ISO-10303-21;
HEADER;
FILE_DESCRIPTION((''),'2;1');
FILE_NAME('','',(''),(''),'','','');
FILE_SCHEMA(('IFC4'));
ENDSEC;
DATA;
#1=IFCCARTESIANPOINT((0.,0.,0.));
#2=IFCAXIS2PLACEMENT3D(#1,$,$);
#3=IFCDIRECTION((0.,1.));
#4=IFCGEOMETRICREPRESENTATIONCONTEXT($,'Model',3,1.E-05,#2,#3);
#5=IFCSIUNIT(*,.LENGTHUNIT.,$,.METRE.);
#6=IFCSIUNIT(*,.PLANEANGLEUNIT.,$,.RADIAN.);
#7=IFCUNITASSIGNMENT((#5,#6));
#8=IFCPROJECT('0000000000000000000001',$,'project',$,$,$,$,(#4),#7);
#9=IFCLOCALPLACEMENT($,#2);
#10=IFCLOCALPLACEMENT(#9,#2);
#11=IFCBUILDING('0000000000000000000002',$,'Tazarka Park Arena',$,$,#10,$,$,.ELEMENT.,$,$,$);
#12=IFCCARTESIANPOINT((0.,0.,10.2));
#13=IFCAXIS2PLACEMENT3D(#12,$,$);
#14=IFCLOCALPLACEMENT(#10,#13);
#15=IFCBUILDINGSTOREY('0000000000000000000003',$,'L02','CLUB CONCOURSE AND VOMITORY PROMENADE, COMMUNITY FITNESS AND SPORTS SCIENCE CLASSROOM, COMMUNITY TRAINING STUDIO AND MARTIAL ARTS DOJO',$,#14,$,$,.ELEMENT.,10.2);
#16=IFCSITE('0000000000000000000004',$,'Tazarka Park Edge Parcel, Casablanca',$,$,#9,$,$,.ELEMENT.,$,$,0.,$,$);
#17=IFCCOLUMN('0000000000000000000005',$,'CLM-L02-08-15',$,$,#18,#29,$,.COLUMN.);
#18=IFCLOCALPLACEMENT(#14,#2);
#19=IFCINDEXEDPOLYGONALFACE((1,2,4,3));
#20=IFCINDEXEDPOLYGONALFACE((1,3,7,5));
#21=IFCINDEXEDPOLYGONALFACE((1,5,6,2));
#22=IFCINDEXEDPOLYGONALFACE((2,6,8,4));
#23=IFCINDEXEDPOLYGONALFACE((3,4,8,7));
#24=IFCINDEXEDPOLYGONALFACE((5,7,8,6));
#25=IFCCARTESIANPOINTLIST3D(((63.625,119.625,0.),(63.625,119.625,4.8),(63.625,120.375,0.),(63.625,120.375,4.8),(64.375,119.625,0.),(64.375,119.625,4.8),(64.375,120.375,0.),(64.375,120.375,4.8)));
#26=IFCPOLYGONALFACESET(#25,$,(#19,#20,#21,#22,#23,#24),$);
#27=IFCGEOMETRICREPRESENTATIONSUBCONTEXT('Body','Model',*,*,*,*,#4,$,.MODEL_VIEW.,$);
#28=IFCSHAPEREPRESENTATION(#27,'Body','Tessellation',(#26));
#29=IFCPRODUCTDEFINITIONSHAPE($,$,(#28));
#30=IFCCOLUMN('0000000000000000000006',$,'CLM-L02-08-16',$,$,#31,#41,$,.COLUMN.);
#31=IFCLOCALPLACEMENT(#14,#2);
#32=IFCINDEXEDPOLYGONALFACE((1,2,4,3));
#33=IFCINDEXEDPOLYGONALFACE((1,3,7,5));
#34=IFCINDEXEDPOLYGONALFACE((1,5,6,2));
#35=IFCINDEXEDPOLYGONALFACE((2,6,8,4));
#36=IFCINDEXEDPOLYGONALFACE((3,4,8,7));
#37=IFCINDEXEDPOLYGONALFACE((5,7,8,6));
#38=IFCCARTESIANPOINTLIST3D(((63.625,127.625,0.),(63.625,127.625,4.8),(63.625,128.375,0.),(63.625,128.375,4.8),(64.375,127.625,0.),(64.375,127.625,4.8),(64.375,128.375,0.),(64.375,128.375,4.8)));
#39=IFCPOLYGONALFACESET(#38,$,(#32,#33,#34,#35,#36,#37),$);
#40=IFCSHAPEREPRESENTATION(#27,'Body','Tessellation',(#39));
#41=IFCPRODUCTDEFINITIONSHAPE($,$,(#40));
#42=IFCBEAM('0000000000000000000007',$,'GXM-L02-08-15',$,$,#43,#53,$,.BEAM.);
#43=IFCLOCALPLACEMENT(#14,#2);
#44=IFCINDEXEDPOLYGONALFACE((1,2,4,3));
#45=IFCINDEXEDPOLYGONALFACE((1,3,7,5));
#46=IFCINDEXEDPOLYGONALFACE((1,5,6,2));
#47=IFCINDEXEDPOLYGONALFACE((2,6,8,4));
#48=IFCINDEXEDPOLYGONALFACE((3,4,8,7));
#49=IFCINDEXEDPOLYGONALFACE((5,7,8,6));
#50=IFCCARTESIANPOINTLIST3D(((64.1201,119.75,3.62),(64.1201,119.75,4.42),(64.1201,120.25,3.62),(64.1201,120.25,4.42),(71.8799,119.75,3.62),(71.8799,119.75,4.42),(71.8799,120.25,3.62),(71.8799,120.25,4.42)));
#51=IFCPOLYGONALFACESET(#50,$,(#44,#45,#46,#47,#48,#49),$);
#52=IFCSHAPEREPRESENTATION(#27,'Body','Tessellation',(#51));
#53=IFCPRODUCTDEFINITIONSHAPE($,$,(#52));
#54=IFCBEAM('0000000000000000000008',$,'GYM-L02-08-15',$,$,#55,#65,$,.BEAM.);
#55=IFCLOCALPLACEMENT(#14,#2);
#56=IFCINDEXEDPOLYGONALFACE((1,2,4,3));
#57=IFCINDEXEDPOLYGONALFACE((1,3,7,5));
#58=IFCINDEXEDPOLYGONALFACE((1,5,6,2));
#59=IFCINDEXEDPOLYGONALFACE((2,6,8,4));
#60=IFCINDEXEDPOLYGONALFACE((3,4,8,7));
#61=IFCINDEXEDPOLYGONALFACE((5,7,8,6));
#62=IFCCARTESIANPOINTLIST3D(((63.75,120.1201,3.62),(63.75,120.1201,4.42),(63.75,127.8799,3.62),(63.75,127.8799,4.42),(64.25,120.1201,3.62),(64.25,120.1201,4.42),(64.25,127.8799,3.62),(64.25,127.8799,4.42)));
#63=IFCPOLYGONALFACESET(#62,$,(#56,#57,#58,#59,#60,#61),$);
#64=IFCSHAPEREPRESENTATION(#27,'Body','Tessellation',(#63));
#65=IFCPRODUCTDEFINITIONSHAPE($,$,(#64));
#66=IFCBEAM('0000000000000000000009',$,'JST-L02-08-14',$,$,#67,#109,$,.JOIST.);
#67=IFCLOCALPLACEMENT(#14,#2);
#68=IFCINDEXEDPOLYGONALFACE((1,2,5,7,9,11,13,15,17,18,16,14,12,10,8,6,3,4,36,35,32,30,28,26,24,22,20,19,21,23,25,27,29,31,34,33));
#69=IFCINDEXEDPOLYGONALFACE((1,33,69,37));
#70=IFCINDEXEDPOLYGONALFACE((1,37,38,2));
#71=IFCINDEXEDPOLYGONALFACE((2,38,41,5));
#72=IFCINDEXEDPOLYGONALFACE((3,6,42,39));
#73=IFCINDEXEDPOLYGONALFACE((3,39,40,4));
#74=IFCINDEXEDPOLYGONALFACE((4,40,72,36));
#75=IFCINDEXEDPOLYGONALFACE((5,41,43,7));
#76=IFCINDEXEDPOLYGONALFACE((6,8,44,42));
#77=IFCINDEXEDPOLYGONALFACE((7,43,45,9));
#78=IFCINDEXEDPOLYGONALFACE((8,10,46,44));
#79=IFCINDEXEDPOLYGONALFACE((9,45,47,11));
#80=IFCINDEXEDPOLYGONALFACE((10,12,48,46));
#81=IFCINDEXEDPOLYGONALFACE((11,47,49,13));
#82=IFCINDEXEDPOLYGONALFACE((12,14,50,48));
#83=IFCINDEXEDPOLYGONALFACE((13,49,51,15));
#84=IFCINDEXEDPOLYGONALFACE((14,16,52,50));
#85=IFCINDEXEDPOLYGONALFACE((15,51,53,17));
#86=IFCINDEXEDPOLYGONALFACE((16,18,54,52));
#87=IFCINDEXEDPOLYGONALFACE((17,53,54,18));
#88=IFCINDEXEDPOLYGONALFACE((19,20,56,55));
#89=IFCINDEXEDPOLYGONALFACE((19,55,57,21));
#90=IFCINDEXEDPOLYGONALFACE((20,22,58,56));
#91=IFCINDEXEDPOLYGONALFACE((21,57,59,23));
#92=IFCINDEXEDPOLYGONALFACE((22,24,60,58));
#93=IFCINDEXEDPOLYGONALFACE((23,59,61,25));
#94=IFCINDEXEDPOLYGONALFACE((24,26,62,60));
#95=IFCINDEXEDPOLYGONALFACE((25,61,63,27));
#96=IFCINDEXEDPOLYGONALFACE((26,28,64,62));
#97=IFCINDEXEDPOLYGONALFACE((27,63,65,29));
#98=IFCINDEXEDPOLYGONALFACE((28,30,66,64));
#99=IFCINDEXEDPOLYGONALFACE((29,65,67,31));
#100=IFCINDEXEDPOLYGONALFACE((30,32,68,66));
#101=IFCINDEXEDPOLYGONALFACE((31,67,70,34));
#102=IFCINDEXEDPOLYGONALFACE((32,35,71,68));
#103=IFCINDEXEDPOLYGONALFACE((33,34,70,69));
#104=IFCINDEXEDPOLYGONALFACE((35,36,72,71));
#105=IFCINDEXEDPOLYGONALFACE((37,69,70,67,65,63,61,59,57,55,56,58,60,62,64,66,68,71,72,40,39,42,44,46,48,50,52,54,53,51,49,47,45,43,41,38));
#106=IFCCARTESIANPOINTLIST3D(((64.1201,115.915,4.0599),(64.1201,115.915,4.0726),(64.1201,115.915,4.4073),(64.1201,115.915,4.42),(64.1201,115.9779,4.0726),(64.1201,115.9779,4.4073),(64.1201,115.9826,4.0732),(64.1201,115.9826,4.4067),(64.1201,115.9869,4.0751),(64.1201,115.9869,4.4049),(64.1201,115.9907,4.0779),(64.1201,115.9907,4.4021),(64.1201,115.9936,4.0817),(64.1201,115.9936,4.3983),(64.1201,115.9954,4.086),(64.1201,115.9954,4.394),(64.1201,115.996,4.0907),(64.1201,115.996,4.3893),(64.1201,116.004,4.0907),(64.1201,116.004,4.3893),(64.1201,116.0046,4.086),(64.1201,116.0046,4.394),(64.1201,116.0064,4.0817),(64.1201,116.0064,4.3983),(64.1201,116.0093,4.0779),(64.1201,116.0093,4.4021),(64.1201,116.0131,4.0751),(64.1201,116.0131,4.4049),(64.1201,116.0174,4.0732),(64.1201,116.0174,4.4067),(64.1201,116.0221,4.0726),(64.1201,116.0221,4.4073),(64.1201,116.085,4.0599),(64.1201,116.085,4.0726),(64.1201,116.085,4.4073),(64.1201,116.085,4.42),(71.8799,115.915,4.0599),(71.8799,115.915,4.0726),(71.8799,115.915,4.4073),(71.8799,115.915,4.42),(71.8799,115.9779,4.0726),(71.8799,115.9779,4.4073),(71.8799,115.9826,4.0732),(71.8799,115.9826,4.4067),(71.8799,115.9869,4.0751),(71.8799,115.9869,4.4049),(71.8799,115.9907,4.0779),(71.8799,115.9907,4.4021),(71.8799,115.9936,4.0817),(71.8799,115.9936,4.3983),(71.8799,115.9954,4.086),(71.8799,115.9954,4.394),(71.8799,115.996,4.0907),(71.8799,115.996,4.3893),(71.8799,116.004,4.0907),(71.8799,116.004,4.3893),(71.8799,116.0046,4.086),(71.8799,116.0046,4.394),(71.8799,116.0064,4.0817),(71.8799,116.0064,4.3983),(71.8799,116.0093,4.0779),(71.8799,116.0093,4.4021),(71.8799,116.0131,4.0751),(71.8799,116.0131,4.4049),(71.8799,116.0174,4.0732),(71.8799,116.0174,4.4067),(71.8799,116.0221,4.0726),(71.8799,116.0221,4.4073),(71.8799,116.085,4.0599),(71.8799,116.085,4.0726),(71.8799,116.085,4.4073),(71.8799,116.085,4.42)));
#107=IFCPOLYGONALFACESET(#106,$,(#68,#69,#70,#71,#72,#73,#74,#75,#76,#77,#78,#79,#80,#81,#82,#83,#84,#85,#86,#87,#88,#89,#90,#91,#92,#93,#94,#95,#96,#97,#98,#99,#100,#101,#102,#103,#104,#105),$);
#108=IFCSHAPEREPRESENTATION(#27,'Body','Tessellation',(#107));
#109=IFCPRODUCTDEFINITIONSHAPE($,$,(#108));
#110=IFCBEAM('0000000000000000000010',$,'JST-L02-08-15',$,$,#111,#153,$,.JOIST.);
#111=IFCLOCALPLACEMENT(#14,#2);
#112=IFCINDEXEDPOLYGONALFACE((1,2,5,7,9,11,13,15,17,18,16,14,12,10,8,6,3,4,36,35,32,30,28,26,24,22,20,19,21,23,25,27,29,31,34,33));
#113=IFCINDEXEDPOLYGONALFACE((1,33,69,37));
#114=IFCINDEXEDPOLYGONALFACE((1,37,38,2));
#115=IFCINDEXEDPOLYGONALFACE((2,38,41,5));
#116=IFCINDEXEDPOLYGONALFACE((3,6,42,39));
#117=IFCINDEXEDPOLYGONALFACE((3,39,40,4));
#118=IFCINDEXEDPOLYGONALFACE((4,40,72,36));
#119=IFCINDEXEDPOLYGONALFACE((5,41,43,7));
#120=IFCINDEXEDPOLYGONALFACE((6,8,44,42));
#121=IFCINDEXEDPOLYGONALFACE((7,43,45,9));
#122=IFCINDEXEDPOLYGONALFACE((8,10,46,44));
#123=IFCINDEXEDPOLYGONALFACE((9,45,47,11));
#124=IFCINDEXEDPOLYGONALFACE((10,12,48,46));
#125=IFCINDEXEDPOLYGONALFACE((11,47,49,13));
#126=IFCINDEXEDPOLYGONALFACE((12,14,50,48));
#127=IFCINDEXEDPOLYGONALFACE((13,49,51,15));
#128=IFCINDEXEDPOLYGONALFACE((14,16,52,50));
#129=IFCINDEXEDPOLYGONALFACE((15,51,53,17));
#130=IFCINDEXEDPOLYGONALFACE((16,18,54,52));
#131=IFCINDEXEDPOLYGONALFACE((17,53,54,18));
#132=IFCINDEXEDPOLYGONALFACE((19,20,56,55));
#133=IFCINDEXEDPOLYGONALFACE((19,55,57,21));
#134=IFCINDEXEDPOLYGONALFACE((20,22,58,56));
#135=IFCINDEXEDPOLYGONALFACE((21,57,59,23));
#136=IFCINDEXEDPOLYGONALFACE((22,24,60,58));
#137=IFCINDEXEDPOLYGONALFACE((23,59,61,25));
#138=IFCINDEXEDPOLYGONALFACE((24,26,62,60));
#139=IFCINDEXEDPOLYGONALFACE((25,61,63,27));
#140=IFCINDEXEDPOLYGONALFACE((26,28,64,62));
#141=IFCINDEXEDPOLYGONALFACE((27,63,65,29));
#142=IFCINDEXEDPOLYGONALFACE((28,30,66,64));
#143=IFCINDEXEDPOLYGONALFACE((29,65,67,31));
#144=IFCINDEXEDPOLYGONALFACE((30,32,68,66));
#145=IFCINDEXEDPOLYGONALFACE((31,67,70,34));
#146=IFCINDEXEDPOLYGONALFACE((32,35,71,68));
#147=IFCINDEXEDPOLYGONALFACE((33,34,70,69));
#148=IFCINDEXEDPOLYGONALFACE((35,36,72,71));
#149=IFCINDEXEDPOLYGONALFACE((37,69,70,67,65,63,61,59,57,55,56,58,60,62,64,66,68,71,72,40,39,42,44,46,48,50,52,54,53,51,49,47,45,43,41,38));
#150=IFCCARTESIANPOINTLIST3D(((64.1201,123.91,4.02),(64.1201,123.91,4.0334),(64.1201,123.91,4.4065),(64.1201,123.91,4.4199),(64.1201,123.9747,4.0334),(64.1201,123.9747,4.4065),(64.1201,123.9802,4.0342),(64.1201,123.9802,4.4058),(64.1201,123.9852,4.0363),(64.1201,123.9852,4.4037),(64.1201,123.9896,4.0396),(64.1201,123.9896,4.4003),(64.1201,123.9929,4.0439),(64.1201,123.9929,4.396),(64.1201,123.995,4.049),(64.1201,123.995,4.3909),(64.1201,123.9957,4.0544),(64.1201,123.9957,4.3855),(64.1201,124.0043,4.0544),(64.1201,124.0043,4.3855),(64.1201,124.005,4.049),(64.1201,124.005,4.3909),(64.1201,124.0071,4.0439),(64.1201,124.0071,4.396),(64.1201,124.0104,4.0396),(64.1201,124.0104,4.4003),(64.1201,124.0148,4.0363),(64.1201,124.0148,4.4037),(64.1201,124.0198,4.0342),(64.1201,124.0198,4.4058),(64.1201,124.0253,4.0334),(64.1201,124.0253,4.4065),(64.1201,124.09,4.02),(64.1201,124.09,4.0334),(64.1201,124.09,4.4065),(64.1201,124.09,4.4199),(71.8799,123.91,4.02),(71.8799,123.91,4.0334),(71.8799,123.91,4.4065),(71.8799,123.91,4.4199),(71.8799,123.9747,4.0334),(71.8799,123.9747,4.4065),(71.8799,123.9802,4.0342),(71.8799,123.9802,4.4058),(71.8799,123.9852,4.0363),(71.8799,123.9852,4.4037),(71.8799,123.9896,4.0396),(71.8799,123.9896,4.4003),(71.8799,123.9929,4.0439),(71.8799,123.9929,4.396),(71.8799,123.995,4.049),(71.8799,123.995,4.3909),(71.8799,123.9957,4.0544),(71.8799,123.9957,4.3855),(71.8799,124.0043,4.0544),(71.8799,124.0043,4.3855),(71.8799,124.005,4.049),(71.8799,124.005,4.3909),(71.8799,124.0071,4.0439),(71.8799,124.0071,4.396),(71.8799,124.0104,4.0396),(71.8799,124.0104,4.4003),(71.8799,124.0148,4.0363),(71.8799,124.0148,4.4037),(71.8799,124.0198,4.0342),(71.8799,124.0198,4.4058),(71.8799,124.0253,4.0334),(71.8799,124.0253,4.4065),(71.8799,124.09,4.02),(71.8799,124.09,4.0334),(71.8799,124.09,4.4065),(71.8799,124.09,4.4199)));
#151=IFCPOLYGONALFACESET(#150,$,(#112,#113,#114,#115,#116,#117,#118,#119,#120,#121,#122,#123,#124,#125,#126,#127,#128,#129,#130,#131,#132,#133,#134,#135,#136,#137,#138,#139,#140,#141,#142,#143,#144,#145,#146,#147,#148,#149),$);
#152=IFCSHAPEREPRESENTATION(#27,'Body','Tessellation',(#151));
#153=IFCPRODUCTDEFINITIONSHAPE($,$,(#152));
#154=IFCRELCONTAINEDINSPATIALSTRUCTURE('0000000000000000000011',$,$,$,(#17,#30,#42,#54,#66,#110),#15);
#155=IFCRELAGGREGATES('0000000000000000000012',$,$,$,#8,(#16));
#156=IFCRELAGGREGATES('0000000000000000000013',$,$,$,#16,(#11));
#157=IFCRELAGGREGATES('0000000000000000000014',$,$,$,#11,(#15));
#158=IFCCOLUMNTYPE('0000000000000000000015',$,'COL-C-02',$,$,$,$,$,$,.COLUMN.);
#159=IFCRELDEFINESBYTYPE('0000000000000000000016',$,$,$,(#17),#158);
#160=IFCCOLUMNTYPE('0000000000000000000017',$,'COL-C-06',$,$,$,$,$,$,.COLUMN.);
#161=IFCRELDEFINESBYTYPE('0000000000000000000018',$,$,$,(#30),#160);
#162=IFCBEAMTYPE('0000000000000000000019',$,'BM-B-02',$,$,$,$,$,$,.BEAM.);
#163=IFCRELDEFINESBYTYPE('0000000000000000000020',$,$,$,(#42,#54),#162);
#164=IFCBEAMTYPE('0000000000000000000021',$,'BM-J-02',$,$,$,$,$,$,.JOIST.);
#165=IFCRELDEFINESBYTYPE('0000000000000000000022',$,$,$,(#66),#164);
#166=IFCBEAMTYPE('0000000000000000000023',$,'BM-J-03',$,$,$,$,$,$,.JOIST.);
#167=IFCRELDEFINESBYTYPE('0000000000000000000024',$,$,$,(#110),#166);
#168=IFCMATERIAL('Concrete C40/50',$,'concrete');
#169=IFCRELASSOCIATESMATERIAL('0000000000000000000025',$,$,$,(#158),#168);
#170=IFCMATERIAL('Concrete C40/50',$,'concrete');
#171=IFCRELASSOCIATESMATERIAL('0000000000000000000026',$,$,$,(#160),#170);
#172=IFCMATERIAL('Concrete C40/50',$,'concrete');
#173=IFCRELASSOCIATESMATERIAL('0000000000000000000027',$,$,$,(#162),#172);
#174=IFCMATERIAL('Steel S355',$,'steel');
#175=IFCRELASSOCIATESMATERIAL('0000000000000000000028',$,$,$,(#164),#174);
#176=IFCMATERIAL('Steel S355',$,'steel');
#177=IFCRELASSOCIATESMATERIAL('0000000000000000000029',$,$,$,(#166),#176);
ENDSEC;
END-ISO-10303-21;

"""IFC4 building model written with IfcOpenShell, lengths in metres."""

from ifc_helpers import new_model, si_unit, direction, frame, origin, origin_2d, place, context, subcontext, project, spatial, rectangle, i_section, extrude, material, material_profile, profile_set, type_object, element, save


model = new_model("IFC4")

# Units and contexts
model_context = context("Model", 3, precision=1e-05, world=origin(), true_north=direction((0.0, 1.0)))
body_context = subcontext(model_context, "Body", "Model", "MODEL_VIEW")
ifc_project = project(units=[si_unit("LENGTHUNIT", "METRE"), si_unit("PLANEANGLEUNIT", "RADIAN")], contexts=[model_context])

# Site, building, storey
site_placement = place(None, origin())
site = spatial("IfcSite", under=ifc_project, at=site_placement, Name="Tazarka Park Edge Parcel, Casablanca", CompositionType="ELEMENT", RefElevation=0.0)
building_placement = place(site_placement, origin())
building = spatial("IfcBuilding", under=site, at=building_placement, Name="Tazarka Park Arena", CompositionType="ELEMENT")
storey_placement = place(building_placement, frame((0.0, 0.0, 10.2)))
storey = spatial("IfcBuildingStorey", under=building, at=storey_placement, Name="L02", Description="CLUB CONCOURSE AND VOMITORY PROMENADE, COMMUNITY FITNESS AND SPORTS SCIENCE CLASSROOM, COMMUNITY TRAINING STUDIO AND MARTIAL ARTS DOJO", CompositionType="ELEMENT", Elevation=10.2)

# Columns
ifc_material_1 = material(Name="Concrete C40/50", Category="concrete")
ifc_material_profile_1 = material_profile(ifc_material_1, rectangle(XDim=0.75, YDim=0.75, at=origin_2d()), Name="Concrete C40/50")
ifc_profile_set_1 = profile_set([ifc_material_profile_1], Name="Concrete C40/50")
column_type_1 = type_object("IfcColumnType", Name="COL-C-02", PredefinedType="COLUMN", material=ifc_profile_set_1)
column_1_placement = place(storey_placement, frame((64.0, 120.0, 0.0), z_axis=(0.0, 0.0, 1.0), x_axis=(1.0, 0.0, 0.0)))
element("IfcColumn", 1, at=column_1_placement, inside=storey, type_object=column_type_1, Name="CLM-L02-08-15", PredefinedType="COLUMN", context=body_context, shape_type="SweptSolid", body=[
    extrude(rectangle(XDim=0.75, YDim=0.75, at=origin_2d()), origin(), (0.0, 0.0, 1.0), 4.8),
])
ifc_material_2 = material(Name="Concrete C40/50", Category="concrete")
ifc_material_profile_2 = material_profile(ifc_material_2, rectangle(XDim=0.75, YDim=0.75, at=origin_2d()), Name="Concrete C40/50")
ifc_profile_set_2 = profile_set([ifc_material_profile_2], Name="Concrete C40/50")
column_type_2 = type_object("IfcColumnType", Name="COL-C-06", PredefinedType="COLUMN", material=ifc_profile_set_2)
column_2_placement = place(storey_placement, frame((64.0, 128.0, 0.0), z_axis=(0.0, 0.0, 1.0), x_axis=(1.0, 0.0, 0.0)))
element("IfcColumn", 2, at=column_2_placement, inside=storey, type_object=column_type_2, Name="CLM-L02-08-16", PredefinedType="COLUMN", context=body_context, shape_type="SweptSolid", body=[
    extrude(rectangle(XDim=0.75, YDim=0.75, at=origin_2d()), origin(), (0.0, 0.0, 1.0), 4.8),
])

# Beams
ifc_material_3 = material(Name="Concrete C40/50", Category="concrete")
ifc_material_profile_3 = material_profile(ifc_material_3, rectangle(XDim=0.5, YDim=0.8, at=origin_2d()), Name="Concrete C40/50")
ifc_profile_set_3 = profile_set([ifc_material_profile_3], Name="Concrete C40/50")
beam_type_1 = type_object("IfcBeamType", Name="BM-B-02", PredefinedType="BEAM", material=ifc_profile_set_3)
for number, where, z_axis, x_axis, name in (
    (3, (64.1201, 120.0, 4.02), (1.0, 0.0, 0.0), (0.0, 1.0, 0.0), "GXM-L02-08-15"),
    (4, (64.0, 120.1201, 4.02), (0.0, 1.0, 0.0), (-1.0, 0.0, 0.0), "GYM-L02-08-15"),
):
    element("IfcBeam", number, at=place(storey_placement, frame(where, z_axis=z_axis, x_axis=x_axis)), inside=storey, type_object=beam_type_1, Name=name, PredefinedType="BEAM", context=body_context, shape_type="SweptSolid", body=[
        extrude(rectangle(XDim=0.5, YDim=0.8, at=origin_2d()), origin(), (0.0, 0.0, 1.0), 7.7598),
    ])
ifc_material_4 = material(Name="Steel S355", Category="steel")
ifc_material_profile_4 = material_profile(ifc_material_4, i_section(OverallWidth=0.1699, OverallDepth=0.3601, WebThickness=0.0081, FlangeThickness=0.0127, FilletRadius=0.0181, at=origin_2d()), Name="Steel S355")
ifc_profile_set_4 = profile_set([ifc_material_profile_4], Name="Steel S355")
beam_type_2 = type_object("IfcBeamType", Name="BM-J-02", PredefinedType="JOIST", material=ifc_profile_set_4)
beam_1_placement = place(storey_placement, frame((64.1201, 116.0, 4.24), z_axis=(1.0, 0.0, 0.0), x_axis=(0.0, 1.0, 0.0)))
element("IfcBeam", 5, at=beam_1_placement, inside=storey, type_object=beam_type_2, Name="JST-L02-08-14", PredefinedType="JOIST", context=body_context, shape_type="SweptSolid", body=[
    extrude(i_section(OverallWidth=0.1699, OverallDepth=0.3601, WebThickness=0.0081, FlangeThickness=0.0127, FilletRadius=0.0181, at=origin_2d()), origin(), (0.0, 0.0, 1.0), 7.7598),
])
ifc_material_5 = material(Name="Steel S355", Category="steel")
ifc_material_profile_5 = material_profile(ifc_material_5, i_section(OverallWidth=0.1799, OverallDepth=0.3999, WebThickness=0.0085, FlangeThickness=0.0134, FilletRadius=0.021, at=origin_2d()), Name="Steel S355")
ifc_profile_set_5 = profile_set([ifc_material_profile_5], Name="Steel S355")
beam_type_3 = type_object("IfcBeamType", Name="BM-J-03", PredefinedType="JOIST", material=ifc_profile_set_5)
beam_2_placement = place(storey_placement, frame((64.1201, 124.0, 4.22), z_axis=(1.0, 0.0, 0.0), x_axis=(0.0, 1.0, 0.0)))
element("IfcBeam", 6, at=beam_2_placement, inside=storey, type_object=beam_type_3, Name="JST-L02-08-15", PredefinedType="JOIST", context=body_context, shape_type="SweptSolid", body=[
    extrude(i_section(OverallWidth=0.1799, OverallDepth=0.3999, WebThickness=0.0085, FlangeThickness=0.0134, FilletRadius=0.021, at=origin_2d()), origin(), (0.0, 0.0, 1.0), 7.7598),
])

save(model, "model.ifc")
